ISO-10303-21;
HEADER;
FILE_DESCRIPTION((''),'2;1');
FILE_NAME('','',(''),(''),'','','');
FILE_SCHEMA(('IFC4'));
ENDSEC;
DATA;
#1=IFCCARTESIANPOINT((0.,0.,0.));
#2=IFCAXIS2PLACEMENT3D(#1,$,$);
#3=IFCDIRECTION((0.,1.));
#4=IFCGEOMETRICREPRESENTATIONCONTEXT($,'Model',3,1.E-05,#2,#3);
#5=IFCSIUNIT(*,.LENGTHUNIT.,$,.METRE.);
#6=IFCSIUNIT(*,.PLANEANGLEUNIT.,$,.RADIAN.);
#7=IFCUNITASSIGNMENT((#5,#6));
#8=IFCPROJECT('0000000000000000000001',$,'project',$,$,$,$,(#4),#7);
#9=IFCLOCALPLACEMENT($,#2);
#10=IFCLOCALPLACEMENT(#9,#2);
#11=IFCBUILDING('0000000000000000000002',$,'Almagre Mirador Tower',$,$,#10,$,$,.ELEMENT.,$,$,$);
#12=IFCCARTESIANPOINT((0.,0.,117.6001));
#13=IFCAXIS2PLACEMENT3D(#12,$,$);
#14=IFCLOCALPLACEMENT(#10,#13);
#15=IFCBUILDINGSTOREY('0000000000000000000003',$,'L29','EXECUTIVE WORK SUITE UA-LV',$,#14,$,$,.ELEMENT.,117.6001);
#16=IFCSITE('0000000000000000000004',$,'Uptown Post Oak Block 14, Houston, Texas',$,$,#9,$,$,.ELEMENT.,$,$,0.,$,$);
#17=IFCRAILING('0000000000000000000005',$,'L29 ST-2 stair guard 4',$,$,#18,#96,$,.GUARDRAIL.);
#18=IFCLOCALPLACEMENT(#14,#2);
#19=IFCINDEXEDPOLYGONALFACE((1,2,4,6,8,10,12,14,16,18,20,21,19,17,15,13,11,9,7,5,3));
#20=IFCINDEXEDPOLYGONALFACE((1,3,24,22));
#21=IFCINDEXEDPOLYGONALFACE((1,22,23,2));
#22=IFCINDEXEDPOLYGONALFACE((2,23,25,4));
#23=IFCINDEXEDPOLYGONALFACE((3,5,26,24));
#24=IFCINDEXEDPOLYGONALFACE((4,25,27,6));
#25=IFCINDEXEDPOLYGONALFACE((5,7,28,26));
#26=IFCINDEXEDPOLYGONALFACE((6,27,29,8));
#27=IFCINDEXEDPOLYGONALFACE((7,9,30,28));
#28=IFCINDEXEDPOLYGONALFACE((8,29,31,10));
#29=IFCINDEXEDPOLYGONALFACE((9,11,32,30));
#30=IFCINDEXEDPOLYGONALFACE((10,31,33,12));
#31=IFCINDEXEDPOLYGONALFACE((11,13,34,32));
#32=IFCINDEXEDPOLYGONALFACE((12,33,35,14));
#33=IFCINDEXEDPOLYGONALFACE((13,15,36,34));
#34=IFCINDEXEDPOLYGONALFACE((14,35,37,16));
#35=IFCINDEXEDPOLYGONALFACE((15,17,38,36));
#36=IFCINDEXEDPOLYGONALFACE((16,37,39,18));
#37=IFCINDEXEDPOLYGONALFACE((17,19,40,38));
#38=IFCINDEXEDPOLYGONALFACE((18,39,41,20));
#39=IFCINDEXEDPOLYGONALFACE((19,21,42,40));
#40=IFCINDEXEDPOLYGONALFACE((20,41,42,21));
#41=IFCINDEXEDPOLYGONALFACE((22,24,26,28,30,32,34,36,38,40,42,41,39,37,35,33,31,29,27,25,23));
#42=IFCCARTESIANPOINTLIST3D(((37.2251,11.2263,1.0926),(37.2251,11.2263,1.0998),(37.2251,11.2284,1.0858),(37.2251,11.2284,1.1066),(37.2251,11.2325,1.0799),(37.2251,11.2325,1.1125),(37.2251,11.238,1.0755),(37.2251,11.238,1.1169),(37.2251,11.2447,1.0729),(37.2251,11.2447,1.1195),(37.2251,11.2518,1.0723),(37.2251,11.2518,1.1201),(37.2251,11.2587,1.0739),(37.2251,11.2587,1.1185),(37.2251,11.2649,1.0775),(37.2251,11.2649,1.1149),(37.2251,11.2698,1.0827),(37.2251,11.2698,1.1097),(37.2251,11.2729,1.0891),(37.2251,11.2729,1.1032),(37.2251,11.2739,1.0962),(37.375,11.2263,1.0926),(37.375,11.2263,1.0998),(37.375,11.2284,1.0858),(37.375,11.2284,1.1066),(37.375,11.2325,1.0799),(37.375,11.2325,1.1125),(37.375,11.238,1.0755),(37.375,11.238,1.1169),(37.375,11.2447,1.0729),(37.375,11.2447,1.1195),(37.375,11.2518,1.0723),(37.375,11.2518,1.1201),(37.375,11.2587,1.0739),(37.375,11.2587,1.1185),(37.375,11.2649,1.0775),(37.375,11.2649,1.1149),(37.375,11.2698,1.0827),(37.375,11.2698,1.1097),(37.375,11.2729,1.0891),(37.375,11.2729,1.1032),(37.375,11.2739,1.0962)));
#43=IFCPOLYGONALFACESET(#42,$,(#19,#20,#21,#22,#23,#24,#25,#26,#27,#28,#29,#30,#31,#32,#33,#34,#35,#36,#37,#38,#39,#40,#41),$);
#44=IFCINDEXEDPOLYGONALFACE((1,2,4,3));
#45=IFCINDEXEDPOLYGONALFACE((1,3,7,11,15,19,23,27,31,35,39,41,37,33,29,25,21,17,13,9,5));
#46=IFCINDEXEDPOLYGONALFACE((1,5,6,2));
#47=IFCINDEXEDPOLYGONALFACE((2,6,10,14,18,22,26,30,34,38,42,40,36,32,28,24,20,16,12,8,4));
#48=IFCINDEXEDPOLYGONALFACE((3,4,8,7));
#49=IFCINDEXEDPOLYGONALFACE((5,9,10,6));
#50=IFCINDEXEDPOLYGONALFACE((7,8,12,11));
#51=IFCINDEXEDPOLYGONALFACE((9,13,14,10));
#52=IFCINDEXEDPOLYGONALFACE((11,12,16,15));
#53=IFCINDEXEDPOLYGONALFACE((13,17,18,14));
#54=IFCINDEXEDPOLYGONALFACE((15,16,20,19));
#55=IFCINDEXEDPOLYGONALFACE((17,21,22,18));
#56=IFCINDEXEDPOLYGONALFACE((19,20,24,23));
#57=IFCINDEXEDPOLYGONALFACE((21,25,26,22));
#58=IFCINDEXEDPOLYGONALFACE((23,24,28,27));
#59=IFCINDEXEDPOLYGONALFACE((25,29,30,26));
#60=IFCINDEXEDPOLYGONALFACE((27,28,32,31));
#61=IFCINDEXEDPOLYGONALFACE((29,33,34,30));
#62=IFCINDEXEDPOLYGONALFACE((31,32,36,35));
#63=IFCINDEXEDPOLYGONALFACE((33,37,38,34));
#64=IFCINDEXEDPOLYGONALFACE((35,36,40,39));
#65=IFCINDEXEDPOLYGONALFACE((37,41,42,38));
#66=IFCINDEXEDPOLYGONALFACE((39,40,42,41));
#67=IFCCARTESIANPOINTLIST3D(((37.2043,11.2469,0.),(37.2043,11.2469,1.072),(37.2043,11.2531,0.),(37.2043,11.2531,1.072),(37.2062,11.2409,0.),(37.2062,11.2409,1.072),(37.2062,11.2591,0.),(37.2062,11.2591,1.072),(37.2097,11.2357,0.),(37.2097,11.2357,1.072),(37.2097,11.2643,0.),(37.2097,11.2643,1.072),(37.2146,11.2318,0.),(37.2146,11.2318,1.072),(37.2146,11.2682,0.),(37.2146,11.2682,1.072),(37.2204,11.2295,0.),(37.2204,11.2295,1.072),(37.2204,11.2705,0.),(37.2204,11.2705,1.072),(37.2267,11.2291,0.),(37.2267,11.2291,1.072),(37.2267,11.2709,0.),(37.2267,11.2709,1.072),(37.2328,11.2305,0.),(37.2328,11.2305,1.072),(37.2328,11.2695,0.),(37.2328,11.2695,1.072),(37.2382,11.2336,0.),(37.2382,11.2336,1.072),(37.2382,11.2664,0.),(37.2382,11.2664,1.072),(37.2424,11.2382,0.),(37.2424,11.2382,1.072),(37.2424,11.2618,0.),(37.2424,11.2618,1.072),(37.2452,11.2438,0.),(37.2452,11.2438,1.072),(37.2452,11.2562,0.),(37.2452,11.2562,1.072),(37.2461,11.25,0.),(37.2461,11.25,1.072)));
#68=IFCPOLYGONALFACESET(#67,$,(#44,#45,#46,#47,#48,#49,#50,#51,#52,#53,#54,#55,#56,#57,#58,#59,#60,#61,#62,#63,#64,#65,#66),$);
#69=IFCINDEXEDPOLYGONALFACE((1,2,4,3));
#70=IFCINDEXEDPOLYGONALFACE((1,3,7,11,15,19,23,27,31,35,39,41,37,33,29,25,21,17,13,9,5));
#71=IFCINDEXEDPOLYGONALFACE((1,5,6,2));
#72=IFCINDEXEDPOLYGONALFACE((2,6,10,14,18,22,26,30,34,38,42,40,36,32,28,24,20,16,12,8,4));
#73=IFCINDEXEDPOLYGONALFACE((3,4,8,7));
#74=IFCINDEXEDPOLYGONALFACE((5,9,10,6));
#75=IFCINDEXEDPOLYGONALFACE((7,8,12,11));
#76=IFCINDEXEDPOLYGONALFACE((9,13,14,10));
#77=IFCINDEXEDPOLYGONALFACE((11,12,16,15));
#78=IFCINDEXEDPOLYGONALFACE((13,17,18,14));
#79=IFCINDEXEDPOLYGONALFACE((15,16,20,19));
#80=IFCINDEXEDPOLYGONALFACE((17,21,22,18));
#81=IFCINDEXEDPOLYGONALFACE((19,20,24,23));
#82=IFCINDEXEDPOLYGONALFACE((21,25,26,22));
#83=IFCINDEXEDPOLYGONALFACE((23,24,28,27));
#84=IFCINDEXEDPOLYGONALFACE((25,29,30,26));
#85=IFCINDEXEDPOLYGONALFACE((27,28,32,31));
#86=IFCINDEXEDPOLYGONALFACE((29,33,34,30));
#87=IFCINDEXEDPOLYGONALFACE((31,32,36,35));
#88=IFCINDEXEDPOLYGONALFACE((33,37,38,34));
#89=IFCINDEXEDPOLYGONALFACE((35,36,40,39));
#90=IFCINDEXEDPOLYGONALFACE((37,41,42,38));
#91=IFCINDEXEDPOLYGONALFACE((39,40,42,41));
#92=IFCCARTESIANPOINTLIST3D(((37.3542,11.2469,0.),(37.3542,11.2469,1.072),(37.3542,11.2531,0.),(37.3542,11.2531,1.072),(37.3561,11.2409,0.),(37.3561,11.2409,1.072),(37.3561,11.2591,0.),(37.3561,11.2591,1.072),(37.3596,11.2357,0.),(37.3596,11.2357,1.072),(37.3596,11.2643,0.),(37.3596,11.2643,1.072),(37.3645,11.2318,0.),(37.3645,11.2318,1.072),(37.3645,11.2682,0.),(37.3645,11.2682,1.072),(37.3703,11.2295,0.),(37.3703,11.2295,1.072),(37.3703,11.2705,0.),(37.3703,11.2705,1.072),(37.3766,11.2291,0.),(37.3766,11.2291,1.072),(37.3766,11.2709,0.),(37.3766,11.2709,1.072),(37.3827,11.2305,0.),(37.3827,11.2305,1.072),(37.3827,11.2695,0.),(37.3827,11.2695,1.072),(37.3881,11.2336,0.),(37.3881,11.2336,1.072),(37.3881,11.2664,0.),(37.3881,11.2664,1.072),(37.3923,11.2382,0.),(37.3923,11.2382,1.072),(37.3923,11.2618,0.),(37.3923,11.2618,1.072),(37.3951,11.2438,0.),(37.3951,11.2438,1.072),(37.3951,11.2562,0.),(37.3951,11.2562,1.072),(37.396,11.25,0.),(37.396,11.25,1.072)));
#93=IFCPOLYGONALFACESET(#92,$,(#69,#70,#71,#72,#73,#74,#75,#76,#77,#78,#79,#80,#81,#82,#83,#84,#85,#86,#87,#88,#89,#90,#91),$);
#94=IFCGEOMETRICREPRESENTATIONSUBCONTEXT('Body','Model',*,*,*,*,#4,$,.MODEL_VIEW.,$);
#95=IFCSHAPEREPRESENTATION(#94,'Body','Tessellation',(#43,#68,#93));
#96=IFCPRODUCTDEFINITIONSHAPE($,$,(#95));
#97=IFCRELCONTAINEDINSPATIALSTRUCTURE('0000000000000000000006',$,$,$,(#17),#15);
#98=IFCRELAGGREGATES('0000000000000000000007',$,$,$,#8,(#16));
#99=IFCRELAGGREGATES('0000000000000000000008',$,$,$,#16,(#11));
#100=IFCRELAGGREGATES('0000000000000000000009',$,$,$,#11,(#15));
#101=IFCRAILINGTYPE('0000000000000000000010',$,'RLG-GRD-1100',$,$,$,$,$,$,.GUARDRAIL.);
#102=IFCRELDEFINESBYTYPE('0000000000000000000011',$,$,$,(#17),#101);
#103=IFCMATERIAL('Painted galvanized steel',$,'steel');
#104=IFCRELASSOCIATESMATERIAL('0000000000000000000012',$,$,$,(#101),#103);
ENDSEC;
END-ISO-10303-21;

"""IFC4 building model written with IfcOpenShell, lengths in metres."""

from ifc_helpers import new_model, si_unit, direction, frame, origin, origin_2d, place, context, subcontext, project, spatial, circle, extrude, material, type_object, element, save


model = new_model("IFC4")

# Units and contexts
model_context = context("Model", 3, precision=1e-05, world=origin(), true_north=direction((0.0, 1.0)))
body_context = subcontext(model_context, "Body", "Model", "MODEL_VIEW")
ifc_project = project(units=[si_unit("LENGTHUNIT", "METRE"), si_unit("PLANEANGLEUNIT", "RADIAN")], contexts=[model_context])

# Site, building, storey
site_placement = place(None, origin())
site = spatial("IfcSite", under=ifc_project, at=site_placement, Name="Uptown Post Oak Block 14, Houston, Texas", CompositionType="ELEMENT", RefElevation=0.0)
building_placement = place(site_placement, origin())
building = spatial("IfcBuilding", under=site, at=building_placement, Name="Almagre Mirador Tower", CompositionType="ELEMENT")
storey_placement = place(building_placement, frame((0.0, 0.0, 117.6001)))
storey = spatial("IfcBuildingStorey", under=building, at=storey_placement, Name="L29", Description="EXECUTIVE WORK SUITE UA-LV", CompositionType="ELEMENT", Elevation=117.6001)

# Railing
ifc_material_1 = material(Name="Painted galvanized steel", Category="steel")
railing_type_1 = type_object("IfcRailingType", Name="RLG-GRD-1100", PredefinedType="GUARDRAIL", material=ifc_material_1)
railing_1_placement = place(storey_placement, frame((37.2251, 11.25, 0.0)))
element("IfcRailing", 1, at=railing_1_placement, inside=storey, type_object=railing_type_1, Name="L29 ST-2 stair guard 4", PredefinedType="GUARDRAIL", context=body_context, shape_type="SweptSolid", body=[
    extrude(circle(Radius=0.0239, at=origin_2d()), frame((0.0, 0.0, 1.0962), z_axis=(1.0, 0.0, 0.0), x_axis=(0.0, 1.0, 0.0)), (0.0, 0.0, 1.0), 0.1499),
    extrude(circle(Radius=0.021, at=origin_2d()), origin(), (0.0, 0.0, 1.0), 1.072),
    extrude(circle(Radius=0.021, at=origin_2d()), frame((0.1499, 0.0, 0.0)), (0.0, 0.0, 1.0), 1.072),
])

save(model, "model.ifc")
